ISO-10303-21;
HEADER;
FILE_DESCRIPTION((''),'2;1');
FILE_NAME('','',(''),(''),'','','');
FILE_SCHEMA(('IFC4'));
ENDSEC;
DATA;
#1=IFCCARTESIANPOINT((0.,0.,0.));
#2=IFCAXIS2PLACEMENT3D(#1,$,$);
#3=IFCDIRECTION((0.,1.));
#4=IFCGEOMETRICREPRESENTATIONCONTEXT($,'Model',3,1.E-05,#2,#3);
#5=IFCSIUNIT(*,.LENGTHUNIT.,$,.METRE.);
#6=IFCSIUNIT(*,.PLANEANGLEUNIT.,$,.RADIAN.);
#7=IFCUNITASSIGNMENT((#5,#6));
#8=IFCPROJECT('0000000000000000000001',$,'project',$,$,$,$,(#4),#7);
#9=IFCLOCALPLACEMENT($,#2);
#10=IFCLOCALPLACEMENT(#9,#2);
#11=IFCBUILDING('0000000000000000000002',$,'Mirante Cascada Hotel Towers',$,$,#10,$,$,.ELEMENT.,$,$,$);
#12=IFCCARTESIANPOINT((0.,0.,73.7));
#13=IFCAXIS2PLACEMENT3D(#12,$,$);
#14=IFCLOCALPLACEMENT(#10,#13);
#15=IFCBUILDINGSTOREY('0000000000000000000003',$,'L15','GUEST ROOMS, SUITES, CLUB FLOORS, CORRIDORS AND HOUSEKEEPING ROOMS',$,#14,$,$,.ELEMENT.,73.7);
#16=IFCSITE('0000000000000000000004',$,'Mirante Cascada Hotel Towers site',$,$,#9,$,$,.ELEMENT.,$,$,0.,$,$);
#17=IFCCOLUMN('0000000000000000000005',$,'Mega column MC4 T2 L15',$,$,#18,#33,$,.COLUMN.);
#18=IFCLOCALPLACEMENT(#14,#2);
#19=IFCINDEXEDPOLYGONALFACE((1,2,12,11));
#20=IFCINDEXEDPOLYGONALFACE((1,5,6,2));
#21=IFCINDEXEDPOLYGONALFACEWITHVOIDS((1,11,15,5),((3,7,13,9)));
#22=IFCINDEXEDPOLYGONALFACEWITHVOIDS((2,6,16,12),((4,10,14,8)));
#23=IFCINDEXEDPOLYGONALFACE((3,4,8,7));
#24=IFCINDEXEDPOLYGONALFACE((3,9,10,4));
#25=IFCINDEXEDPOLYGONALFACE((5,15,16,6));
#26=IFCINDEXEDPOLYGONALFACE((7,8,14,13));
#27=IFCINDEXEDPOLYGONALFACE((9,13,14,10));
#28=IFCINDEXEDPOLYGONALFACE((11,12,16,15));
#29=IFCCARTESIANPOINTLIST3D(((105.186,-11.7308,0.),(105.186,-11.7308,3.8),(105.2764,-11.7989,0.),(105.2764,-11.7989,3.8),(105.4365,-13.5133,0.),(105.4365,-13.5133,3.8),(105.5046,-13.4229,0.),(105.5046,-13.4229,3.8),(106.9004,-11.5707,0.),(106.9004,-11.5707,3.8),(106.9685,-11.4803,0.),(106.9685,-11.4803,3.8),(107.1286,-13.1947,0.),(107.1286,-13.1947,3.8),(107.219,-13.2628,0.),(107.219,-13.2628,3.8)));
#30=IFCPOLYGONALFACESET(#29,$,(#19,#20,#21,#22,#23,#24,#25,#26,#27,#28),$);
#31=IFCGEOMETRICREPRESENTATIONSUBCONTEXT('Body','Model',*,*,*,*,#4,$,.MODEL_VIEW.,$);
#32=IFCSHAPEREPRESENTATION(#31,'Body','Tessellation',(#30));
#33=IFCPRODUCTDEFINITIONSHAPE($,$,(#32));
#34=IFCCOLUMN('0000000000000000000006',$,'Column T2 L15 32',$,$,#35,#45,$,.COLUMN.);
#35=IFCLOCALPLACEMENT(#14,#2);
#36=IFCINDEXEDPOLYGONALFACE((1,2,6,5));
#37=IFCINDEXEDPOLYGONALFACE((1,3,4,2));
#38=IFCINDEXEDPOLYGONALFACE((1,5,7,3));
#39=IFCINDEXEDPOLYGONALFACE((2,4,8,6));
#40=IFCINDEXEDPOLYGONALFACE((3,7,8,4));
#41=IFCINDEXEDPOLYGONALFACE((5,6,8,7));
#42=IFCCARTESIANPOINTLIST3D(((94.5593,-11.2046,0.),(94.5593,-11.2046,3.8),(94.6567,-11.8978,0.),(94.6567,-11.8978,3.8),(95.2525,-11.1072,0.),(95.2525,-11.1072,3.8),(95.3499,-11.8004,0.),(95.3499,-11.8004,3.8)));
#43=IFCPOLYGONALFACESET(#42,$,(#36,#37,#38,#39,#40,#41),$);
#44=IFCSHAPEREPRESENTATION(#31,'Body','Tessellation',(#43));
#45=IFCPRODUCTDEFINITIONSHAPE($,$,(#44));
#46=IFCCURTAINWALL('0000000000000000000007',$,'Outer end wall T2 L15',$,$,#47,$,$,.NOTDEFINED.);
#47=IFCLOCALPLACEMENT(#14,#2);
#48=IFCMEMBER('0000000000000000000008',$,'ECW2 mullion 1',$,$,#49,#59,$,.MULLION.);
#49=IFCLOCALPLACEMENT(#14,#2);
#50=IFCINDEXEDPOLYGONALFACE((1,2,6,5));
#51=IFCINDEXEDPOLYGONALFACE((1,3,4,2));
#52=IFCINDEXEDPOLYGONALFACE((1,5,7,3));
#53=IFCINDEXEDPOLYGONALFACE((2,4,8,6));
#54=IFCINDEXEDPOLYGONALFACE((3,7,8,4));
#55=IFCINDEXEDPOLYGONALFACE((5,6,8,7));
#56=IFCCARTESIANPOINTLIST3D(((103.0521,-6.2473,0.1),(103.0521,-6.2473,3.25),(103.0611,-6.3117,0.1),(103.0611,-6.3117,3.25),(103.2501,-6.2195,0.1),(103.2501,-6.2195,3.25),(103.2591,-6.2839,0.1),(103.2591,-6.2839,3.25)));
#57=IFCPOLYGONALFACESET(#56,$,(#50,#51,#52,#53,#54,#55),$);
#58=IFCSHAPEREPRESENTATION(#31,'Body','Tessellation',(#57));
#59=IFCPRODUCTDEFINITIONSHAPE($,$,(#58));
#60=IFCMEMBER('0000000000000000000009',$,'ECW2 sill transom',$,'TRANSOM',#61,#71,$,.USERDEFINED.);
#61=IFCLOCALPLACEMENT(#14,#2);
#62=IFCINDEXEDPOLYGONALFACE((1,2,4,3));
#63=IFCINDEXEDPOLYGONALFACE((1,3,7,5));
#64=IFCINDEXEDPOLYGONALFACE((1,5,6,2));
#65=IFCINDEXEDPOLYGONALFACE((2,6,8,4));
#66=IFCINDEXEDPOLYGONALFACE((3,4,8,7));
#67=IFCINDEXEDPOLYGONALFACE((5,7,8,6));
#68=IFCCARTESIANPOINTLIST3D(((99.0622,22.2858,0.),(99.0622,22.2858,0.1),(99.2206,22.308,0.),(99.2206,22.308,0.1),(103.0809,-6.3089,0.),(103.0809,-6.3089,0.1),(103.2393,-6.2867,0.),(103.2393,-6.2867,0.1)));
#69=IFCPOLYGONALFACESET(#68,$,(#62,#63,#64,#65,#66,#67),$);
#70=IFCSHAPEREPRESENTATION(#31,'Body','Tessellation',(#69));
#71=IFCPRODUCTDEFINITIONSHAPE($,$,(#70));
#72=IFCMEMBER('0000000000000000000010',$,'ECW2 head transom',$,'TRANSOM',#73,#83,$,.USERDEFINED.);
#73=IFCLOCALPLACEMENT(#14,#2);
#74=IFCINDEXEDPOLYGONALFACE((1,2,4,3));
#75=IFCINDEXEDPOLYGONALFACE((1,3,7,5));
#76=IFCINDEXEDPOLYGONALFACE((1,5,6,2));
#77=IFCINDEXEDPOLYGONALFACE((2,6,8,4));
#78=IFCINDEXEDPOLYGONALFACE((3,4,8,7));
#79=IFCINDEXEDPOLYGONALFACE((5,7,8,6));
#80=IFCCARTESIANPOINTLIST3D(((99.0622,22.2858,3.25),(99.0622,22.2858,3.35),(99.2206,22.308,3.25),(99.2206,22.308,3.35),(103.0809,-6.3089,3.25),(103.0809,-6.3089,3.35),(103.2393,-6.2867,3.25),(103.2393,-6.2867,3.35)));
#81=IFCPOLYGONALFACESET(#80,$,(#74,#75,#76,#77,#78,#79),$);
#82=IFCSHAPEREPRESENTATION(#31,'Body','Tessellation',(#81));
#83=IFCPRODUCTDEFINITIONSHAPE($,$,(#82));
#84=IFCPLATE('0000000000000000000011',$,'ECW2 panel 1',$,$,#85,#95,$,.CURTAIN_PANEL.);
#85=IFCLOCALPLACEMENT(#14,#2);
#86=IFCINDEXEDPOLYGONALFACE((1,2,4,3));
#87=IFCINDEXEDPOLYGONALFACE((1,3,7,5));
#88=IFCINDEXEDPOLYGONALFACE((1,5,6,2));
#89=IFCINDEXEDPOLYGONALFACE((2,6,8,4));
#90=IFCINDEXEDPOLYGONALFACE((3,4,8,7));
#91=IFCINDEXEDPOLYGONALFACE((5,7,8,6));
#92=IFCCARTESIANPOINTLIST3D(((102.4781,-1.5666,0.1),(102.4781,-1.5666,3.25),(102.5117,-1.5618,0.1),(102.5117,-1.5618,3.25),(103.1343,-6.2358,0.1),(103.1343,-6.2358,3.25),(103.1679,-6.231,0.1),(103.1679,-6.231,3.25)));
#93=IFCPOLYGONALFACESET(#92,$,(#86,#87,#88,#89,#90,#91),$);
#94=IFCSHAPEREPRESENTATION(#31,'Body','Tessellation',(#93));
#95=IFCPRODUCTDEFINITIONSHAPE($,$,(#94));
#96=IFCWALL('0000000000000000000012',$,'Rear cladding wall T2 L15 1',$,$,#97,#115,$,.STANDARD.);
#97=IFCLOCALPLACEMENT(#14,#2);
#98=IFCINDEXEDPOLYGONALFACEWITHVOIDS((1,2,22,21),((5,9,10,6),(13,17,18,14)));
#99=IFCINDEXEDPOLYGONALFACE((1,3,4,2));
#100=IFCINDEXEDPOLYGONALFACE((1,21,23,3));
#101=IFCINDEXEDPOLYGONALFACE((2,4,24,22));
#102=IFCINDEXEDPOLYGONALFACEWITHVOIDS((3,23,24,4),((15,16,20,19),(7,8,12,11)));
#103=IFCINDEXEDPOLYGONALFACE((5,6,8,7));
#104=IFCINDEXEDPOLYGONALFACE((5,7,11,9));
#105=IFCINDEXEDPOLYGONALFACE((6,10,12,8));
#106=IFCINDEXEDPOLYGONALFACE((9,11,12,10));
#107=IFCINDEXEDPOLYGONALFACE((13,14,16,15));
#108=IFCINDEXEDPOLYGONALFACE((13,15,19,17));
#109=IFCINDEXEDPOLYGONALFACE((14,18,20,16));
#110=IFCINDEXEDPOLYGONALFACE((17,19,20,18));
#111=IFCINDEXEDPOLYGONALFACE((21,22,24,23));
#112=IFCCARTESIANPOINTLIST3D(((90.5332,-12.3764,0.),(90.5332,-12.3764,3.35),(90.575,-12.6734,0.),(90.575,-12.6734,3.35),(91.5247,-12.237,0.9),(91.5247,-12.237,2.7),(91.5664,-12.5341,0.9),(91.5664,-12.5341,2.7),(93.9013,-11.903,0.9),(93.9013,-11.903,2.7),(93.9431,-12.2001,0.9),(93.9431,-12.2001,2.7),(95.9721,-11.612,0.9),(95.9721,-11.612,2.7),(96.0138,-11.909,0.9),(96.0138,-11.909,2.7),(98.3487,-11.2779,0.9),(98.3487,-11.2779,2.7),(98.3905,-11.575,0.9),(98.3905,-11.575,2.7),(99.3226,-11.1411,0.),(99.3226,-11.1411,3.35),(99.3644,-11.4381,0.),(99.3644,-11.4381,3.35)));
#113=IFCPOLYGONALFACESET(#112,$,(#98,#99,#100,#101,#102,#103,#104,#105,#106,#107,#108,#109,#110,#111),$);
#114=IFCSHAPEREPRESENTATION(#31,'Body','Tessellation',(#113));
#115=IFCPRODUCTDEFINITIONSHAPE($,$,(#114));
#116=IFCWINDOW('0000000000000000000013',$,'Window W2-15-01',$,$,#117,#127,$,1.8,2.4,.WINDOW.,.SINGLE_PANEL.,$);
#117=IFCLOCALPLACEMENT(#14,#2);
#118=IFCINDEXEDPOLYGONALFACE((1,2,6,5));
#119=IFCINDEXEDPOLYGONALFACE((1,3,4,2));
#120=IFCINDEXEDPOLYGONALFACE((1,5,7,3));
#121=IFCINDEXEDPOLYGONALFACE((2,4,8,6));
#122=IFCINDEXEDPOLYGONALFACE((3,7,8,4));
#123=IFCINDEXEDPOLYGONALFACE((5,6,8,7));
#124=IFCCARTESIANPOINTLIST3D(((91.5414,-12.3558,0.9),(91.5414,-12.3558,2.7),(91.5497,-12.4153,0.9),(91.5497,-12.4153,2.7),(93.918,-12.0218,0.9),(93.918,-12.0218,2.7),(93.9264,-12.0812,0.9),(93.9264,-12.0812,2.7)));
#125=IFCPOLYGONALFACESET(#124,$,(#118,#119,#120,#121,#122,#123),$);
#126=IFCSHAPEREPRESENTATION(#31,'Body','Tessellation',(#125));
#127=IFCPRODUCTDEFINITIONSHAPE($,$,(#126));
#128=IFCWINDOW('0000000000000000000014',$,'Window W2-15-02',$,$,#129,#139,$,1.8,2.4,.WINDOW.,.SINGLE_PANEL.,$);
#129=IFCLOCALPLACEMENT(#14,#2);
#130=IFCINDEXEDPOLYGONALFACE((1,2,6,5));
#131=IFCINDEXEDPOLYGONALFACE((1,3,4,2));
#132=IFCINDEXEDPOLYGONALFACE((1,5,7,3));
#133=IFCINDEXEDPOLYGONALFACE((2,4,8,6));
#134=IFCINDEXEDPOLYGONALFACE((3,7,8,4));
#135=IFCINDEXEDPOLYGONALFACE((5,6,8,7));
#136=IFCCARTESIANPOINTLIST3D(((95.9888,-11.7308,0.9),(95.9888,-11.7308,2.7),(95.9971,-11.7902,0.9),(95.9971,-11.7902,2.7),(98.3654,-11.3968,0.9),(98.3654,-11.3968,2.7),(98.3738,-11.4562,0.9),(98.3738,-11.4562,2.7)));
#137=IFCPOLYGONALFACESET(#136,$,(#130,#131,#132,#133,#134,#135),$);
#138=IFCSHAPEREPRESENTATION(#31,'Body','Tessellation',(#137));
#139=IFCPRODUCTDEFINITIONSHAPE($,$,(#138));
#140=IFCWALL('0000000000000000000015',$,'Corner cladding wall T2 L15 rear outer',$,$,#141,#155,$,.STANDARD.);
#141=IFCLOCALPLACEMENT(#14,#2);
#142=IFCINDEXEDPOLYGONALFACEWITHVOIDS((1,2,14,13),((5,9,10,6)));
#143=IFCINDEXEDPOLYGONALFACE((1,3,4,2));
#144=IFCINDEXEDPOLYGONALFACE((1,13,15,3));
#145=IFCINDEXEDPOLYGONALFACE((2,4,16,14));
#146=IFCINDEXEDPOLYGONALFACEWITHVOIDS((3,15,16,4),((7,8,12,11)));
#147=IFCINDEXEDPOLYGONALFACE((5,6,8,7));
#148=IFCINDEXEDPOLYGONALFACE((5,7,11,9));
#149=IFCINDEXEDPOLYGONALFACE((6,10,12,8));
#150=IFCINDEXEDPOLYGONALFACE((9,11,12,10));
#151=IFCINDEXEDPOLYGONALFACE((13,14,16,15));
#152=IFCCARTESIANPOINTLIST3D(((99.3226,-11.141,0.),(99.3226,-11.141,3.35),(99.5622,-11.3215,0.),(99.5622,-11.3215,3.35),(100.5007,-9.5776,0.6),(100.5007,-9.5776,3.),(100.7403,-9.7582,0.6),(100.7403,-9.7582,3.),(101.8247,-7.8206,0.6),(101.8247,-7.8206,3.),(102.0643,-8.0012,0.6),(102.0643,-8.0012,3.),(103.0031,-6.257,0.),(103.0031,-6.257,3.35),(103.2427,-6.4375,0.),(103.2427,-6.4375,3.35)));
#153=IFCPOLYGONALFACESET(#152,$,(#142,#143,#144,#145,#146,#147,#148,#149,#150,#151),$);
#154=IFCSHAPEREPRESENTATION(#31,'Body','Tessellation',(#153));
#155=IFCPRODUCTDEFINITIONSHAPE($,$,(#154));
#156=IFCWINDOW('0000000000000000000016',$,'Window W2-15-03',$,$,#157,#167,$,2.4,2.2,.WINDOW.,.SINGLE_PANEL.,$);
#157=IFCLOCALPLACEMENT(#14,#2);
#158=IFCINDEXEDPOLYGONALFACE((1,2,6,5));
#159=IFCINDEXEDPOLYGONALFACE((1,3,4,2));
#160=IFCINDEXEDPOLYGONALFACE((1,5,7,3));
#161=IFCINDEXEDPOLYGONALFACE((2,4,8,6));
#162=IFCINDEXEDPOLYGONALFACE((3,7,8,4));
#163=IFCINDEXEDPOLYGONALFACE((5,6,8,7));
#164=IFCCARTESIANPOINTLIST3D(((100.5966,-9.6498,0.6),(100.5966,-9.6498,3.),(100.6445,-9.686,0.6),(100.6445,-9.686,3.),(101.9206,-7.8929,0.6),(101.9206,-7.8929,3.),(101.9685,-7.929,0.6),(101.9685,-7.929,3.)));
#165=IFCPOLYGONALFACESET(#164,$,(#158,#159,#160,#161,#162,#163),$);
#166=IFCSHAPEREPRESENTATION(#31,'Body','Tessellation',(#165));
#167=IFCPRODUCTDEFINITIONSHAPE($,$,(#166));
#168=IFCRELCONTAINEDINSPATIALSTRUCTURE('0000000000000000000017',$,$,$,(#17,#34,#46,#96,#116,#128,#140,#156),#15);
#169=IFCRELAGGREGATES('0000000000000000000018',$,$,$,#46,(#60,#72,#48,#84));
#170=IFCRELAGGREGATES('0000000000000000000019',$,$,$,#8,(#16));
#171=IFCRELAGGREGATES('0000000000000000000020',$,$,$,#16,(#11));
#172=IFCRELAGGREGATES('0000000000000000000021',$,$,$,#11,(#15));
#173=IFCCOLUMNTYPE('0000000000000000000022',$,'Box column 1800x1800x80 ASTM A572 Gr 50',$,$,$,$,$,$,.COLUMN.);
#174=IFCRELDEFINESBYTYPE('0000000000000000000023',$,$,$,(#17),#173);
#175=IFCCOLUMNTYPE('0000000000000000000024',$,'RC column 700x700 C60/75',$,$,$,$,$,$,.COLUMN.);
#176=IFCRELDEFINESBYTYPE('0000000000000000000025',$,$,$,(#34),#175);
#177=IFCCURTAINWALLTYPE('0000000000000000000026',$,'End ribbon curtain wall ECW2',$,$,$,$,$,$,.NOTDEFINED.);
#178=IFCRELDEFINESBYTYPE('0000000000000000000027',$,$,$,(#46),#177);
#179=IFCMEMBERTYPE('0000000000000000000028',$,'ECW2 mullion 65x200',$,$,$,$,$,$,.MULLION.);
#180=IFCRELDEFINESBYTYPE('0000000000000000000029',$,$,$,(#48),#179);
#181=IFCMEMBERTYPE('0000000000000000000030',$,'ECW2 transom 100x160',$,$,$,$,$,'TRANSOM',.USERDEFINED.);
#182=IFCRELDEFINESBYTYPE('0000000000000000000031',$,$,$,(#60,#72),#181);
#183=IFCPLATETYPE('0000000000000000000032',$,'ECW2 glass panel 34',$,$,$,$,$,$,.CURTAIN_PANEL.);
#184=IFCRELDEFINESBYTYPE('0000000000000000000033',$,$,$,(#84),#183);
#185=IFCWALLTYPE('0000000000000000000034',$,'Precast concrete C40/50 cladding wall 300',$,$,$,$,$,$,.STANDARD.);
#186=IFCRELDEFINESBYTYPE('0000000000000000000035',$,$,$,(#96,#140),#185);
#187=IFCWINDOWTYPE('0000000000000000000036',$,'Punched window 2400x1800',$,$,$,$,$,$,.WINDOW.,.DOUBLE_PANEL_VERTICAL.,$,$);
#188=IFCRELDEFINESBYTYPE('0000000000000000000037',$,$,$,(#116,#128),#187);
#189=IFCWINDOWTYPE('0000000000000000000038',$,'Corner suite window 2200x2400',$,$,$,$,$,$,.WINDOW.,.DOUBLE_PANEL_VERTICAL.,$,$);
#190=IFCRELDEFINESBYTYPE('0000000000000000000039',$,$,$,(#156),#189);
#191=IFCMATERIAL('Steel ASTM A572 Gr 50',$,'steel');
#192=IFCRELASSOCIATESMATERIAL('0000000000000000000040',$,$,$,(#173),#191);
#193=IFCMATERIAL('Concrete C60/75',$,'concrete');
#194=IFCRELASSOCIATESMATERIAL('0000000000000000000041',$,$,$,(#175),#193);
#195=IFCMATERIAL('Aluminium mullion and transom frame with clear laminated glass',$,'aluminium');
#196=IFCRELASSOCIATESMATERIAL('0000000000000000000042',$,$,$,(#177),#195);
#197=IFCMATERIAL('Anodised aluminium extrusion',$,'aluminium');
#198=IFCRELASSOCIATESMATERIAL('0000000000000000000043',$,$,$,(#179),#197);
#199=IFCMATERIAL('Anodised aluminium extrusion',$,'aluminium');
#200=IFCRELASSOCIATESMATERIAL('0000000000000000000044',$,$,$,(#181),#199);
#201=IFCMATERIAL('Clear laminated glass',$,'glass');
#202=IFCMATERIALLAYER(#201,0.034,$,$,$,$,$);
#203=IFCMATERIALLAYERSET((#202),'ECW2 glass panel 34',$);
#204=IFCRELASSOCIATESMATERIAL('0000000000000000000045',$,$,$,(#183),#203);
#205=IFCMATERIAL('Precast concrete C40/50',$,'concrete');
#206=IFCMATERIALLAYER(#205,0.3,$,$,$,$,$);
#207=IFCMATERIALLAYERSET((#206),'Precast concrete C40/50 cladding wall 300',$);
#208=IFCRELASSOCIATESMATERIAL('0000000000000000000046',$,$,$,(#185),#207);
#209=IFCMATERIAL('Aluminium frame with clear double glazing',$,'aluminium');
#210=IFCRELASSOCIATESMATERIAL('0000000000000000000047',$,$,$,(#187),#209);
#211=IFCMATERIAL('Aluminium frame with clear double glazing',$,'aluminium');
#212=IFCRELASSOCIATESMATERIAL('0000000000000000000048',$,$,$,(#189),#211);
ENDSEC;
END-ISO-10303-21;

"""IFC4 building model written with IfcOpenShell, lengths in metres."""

from ifc_helpers import new_model, si_unit, direction, frame, frame_2d, origin, origin_2d, place, context, subcontext, project, spatial, rectangle, hollow_rectangle, extrude, material, layer, layer_set, material_profile, profile_set, type_object, element, fill, aggregate, save


model = new_model("IFC4")

# Units and contexts
model_context = context("Model", 3, precision=1e-05, world=origin(), true_north=direction((0.0, 1.0)))
body_context = subcontext(model_context, "Body", "Model", "MODEL_VIEW")
ifc_project = project(units=[si_unit("LENGTHUNIT", "METRE"), si_unit("PLANEANGLEUNIT", "RADIAN")], contexts=[model_context])

# Site, building, storey
site_placement = place(None, origin())
site = spatial("IfcSite", under=ifc_project, at=site_placement, Name="Mirante Cascada Hotel Towers site", CompositionType="ELEMENT", RefElevation=0.0)
building_placement = place(site_placement, origin())
building = spatial("IfcBuilding", under=site, at=building_placement, Name="Mirante Cascada Hotel Towers", CompositionType="ELEMENT")
storey_placement = place(building_placement, frame((0.0, 0.0, 73.7)))
storey = spatial("IfcBuildingStorey", under=building, at=storey_placement, Name="L15", Description="GUEST ROOMS, SUITES, CLUB FLOORS, CORRIDORS AND HOUSEKEEPING ROOMS", CompositionType="ELEMENT", Elevation=73.7)

# Columns
ifc_material_1 = material(Name="Steel ASTM A572 Gr 50", Category="steel")
ifc_material_profile_1 = material_profile(ifc_material_1, hollow_rectangle(XDim=1.8, YDim=1.8, WallThickness=0.08, at=origin_2d()), Name="Box column 1800x1800x80 ASTM A572 Gr 50")
ifc_profile_set_1 = profile_set([ifc_material_profile_1], Name="Steel ASTM A572 Gr 50")
column_type_1 = type_object("IfcColumnType", Name="Box column 1800x1800x80 ASTM A572 Gr 50", PredefinedType="COLUMN", material=ifc_profile_set_1)
column_1_placement = place(storey_placement, frame((106.2025, -12.4968, 0.0), z_axis=(0.0, 0.0, 1.0), x_axis=(0.990268, 0.139173, 0.0)))
element("IfcColumn", 1, at=column_1_placement, inside=storey, type_object=column_type_1, Name="Mega column MC4 T2 L15", PredefinedType="COLUMN", context=body_context, shape_type="SweptSolid", body=[
    extrude(hollow_rectangle(XDim=1.8, YDim=1.8, WallThickness=0.08, at=origin_2d()), origin(), (0.0, 0.0, 1.0), 3.8),
])
ifc_material_2 = material(Name="Concrete C60/75", Category="concrete")
ifc_material_profile_2 = material_profile(ifc_material_2, rectangle(XDim=0.7, YDim=0.7, at=origin_2d()), Name="RC column 700x700 C60/75")
ifc_profile_set_2 = profile_set([ifc_material_profile_2], Name="Concrete C60/75")
column_type_2 = type_object("IfcColumnType", Name="RC column 700x700 C60/75", PredefinedType="COLUMN", material=ifc_profile_set_2)
column_2_placement = place(storey_placement, frame((94.9546, -11.5025, 0.0), z_axis=(0.0, 0.0, 1.0), x_axis=(0.990268, 0.139173, 0.0)))
element("IfcColumn", 2, at=column_2_placement, inside=storey, type_object=column_type_2, Name="Column T2 L15 32", PredefinedType="COLUMN", context=body_context, shape_type="SweptSolid", body=[
    extrude(rectangle(XDim=0.7, YDim=0.7, at=origin_2d()), origin(), (0.0, 0.0, 1.0), 3.8),
])

# Curtain wall, members, plate
ifc_material_3 = material(Name="Aluminium mullion and transom frame with clear laminated glass", Category="aluminium")
curtain_wall_type = type_object("IfcCurtainWallType", Name="End ribbon curtain wall ECW2", PredefinedType="NOTDEFINED", material=ifc_material_3)
curtain_wall_placement = place(storey_placement, origin())
curtain_wall = element("IfcCurtainWall", 3, at=curtain_wall_placement, inside=storey, type_object=curtain_wall_type, Name="Outer end wall T2 L15", PredefinedType="NOTDEFINED")
ifc_material_4 = material(Name="Anodised aluminium extrusion", Category="aluminium")
ifc_material_profile_3 = material_profile(ifc_material_4, rectangle(XDim=0.2, YDim=0.065, at=origin_2d()), Name="ECW2 MULLION 65x200")
ifc_profile_set_3 = profile_set([ifc_material_profile_3], Name="Anodised aluminium extrusion")
member_type_1 = type_object("IfcMemberType", Name="ECW2 mullion 65x200", PredefinedType="MULLION", material=ifc_profile_set_3)
member_1_placement = place(storey_placement, frame((103.1556, -6.2656, 0.1), z_axis=(0.0, 0.0, 1.0), x_axis=(-0.990268, -0.139173, 0.0)))
member_1 = element("IfcMember", 4, at=member_1_placement, type_object=member_type_1, Name="ECW2 mullion 1", PredefinedType="MULLION", context=body_context, shape_type="SweptSolid", body=[
    extrude(rectangle(XDim=0.2, YDim=0.065, at=origin_2d()), origin(), (0.0, 0.0, 1.0), 3.15),
])
ifc_material_5 = material(Name="Anodised aluminium extrusion", Category="aluminium")
ifc_material_profile_4 = material_profile(ifc_material_5, rectangle(XDim=0.16, YDim=0.1, at=origin_2d()), Name="ECW2 TRANSOM 100x160")
ifc_profile_set_4 = profile_set([ifc_material_profile_4], Name="Anodised aluminium extrusion")
member_type_2 = type_object("IfcMemberType", Name="ECW2 transom 100x160", ElementType="TRANSOM", PredefinedType="USERDEFINED", material=ifc_profile_set_4)
member_2_placement = place(storey_placement, frame((103.1601, -6.2978, 0.05), z_axis=(-0.139172, 0.990268, 0.0), x_axis=(-0.990268, -0.139172, 0.0)))
member_2 = element("IfcMember", 5, at=member_2_placement, type_object=member_type_2, Name="ECW2 sill transom", ObjectType="TRANSOM", PredefinedType="USERDEFINED", context=body_context, shape_type="SweptSolid", body=[
    extrude(rectangle(XDim=0.16, YDim=0.1, at=origin_2d()), origin(), (0.0, 0.0, 1.0), 28.8757),
])
member_3_placement = place(storey_placement, frame((103.1601, -6.2978, 3.3), z_axis=(-0.139172, 0.990268, 0.0), x_axis=(-0.990268, -0.139172, 0.0)))
member_3 = element("IfcMember", 6, at=member_3_placement, type_object=member_type_2, Name="ECW2 head transom", ObjectType="TRANSOM", PredefinedType="USERDEFINED", context=body_context, shape_type="SweptSolid", body=[
    extrude(rectangle(XDim=0.16, YDim=0.1, at=origin_2d()), origin(), (0.0, 0.0, 1.0), 28.8757),
])
ifc_material_6 = material(Name="Clear laminated glass", Category="glass")
ifc_layer_1 = layer(ifc_material_6, 0.034)
ifc_layer_set_1 = layer_set([ifc_layer_1], Name="ECW2 glass panel 34")
plate_type = type_object("IfcPlateType", Name="ECW2 glass panel 34", PredefinedType="CURTAIN_PANEL", material=ifc_layer_set_1)
plate_placement = place(storey_placement, frame((102.823, -3.8988, 0.1), z_axis=(0.0, 0.0, 1.0), x_axis=(-0.139173, 0.990268, 0.0)))
plate = element("IfcPlate", 7, at=plate_placement, type_object=plate_type, Name="ECW2 panel 1", PredefinedType="CURTAIN_PANEL", context=body_context, shape_type="SweptSolid", body=[
    extrude(rectangle(XDim=4.7151, YDim=0.034, at=origin_2d()), origin(), (0.0, 0.0, 1.0), 3.15),
])
aggregate(curtain_wall, [member_2, member_3, member_1, plate])

# Wall, openings, windows
ifc_material_7 = material(Name="Precast concrete C40/50", Category="concrete")
ifc_layer_2 = layer(ifc_material_7, 0.3)
ifc_layer_set_2 = layer_set([ifc_layer_2], Name="Precast concrete C40/50 cladding wall 300")
wall_type_1 = type_object("IfcWallType", Name="Precast concrete C40/50 cladding wall 300", PredefinedType="STANDARD", material=ifc_layer_set_2)
wall_1_placement = place(storey_placement, frame((90.5541, -12.5249, 0.0), z_axis=(0.0, 0.0, 1.0), x_axis=(0.990268, 0.139177, 0.0)))
wall_1 = element("IfcWall", 8, at=wall_1_placement, inside=storey, type_object=wall_type_1, Name="Rear cladding wall T2 L15 1", PredefinedType="STANDARD", context=body_context, shape_type="SweptSolid", body=[
    extrude(rectangle(XDim=8.8758, YDim=0.3, at=frame_2d((4.4379, 0.0))), origin(), (0.0, 0.0, 1.0), 3.35),
])
opening_1_placement = place(wall_1_placement, frame((1.0012, 0.0, 0.9)))
opening_1 = element("IfcOpeningElement", 9, at=opening_1_placement, cuts=wall_1, PredefinedType="OPENING", context=body_context, shape_type="SweptSolid", body=[
    extrude(rectangle(XDim=2.4, YDim=1.8, at=frame_2d((1.2, 0.9))), frame((0.0, 0.15, 0.0), z_axis=(0.0, -1.0, 0.0), x_axis=(1.0, 0.0, 0.0)), (0.0, 0.0, 1.0), 0.3),
])
opening_2_placement = place(wall_1_placement, frame((5.4923, 0.0, 0.9)))
opening_2 = element("IfcOpeningElement", 10, at=opening_2_placement, cuts=wall_1, PredefinedType="OPENING", context=body_context, shape_type="SweptSolid", body=[
    extrude(rectangle(XDim=2.4, YDim=1.8, at=frame_2d((1.2, 0.9))), frame((0.0, 0.15, 0.0), z_axis=(0.0, -1.0, 0.0), x_axis=(1.0, 0.0, 0.0)), (0.0, 0.0, 1.0), 0.3),
])
ifc_material_8 = material(Name="Aluminium frame with clear double glazing", Category="aluminium")
window_type_1 = type_object("IfcWindowType", Name="Punched window 2400x1800", PartitioningType="DOUBLE_PANEL_VERTICAL", PredefinedType="WINDOW", material=ifc_material_8)
window_1_placement = place(opening_1_placement, origin())
window_1 = element("IfcWindow", 11, at=window_1_placement, inside=storey, type_object=window_type_1, Name="Window W2-15-01", OverallHeight=1.8, OverallWidth=2.4, PartitioningType="SINGLE_PANEL", PredefinedType="WINDOW", context=body_context, shape_type="SweptSolid", body=[
    extrude(rectangle(XDim=2.4, YDim=1.8, at=frame_2d((1.2, 0.9))), frame((0.0, 0.03, 0.0), z_axis=(0.0, -1.0, 0.0), x_axis=(1.0, 0.0, 0.0)), (0.0, 0.0, 1.0), 0.06),
])
fill(opening_1, window_1)
window_2_placement = place(opening_2_placement, origin())
window_2 = element("IfcWindow", 12, at=window_2_placement, inside=storey, type_object=window_type_1, Name="Window W2-15-02", OverallHeight=1.8, OverallWidth=2.4, PartitioningType="SINGLE_PANEL", PredefinedType="WINDOW", context=body_context, shape_type="SweptSolid", body=[
    extrude(rectangle(XDim=2.4, YDim=1.8, at=frame_2d((1.2, 0.9))), frame((0.0, 0.03, 0.0), z_axis=(0.0, -1.0, 0.0), x_axis=(1.0, 0.0, 0.0)), (0.0, 0.0, 1.0), 0.06),
])
fill(opening_2, window_2)

# Wall, opening, window
wall_2_placement = place(storey_placement, frame((99.4424, -11.2313, 0.0), z_axis=(0.0, 0.0, 1.0), x_axis=(0.601819, 0.798632, 0.0)))
wall_2 = element("IfcWall", 13, at=wall_2_placement, inside=storey, type_object=wall_type_1, Name="Corner cladding wall T2 L15 rear outer", PredefinedType="STANDARD", context=body_context, shape_type="SweptSolid", body=[
    extrude(rectangle(XDim=6.1155, YDim=0.3, at=frame_2d((3.0578, 0.0))), origin(), (0.0, 0.0, 1.0), 3.35),
])
opening_3_placement = place(wall_2_placement, frame((1.9576, 0.0, 0.6)))
opening_3 = element("IfcOpeningElement", 14, at=opening_3_placement, cuts=wall_2, PredefinedType="OPENING", context=body_context, shape_type="SweptSolid", body=[
    extrude(rectangle(XDim=2.2, YDim=2.4, at=frame_2d((1.1, 1.2))), frame((0.0, 0.15, 0.0), z_axis=(0.0, -1.0, 0.0), x_axis=(1.0, 0.0, 0.0)), (0.0, 0.0, 1.0), 0.3),
])
ifc_material_9 = material(Name="Aluminium frame with clear double glazing", Category="aluminium")
window_type_2 = type_object("IfcWindowType", Name="Corner suite window 2200x2400", PartitioningType="DOUBLE_PANEL_VERTICAL", PredefinedType="WINDOW", material=ifc_material_9)
window_3_placement = place(opening_3_placement, origin())
window_3 = element("IfcWindow", 15, at=window_3_placement, inside=storey, type_object=window_type_2, Name="Window W2-15-03", OverallHeight=2.4, OverallWidth=2.2, PartitioningType="SINGLE_PANEL", PredefinedType="WINDOW", context=body_context, shape_type="SweptSolid", body=[
    extrude(rectangle(XDim=2.2, YDim=2.4, at=frame_2d((1.1, 1.2))), frame((0.0, 0.03, 0.0), z_axis=(0.0, -1.0, 0.0), x_axis=(1.0, 0.0, 0.0)), (0.0, 0.0, 1.0), 0.06),
])
fill(opening_3, window_3)

save(model, "model.ifc")
